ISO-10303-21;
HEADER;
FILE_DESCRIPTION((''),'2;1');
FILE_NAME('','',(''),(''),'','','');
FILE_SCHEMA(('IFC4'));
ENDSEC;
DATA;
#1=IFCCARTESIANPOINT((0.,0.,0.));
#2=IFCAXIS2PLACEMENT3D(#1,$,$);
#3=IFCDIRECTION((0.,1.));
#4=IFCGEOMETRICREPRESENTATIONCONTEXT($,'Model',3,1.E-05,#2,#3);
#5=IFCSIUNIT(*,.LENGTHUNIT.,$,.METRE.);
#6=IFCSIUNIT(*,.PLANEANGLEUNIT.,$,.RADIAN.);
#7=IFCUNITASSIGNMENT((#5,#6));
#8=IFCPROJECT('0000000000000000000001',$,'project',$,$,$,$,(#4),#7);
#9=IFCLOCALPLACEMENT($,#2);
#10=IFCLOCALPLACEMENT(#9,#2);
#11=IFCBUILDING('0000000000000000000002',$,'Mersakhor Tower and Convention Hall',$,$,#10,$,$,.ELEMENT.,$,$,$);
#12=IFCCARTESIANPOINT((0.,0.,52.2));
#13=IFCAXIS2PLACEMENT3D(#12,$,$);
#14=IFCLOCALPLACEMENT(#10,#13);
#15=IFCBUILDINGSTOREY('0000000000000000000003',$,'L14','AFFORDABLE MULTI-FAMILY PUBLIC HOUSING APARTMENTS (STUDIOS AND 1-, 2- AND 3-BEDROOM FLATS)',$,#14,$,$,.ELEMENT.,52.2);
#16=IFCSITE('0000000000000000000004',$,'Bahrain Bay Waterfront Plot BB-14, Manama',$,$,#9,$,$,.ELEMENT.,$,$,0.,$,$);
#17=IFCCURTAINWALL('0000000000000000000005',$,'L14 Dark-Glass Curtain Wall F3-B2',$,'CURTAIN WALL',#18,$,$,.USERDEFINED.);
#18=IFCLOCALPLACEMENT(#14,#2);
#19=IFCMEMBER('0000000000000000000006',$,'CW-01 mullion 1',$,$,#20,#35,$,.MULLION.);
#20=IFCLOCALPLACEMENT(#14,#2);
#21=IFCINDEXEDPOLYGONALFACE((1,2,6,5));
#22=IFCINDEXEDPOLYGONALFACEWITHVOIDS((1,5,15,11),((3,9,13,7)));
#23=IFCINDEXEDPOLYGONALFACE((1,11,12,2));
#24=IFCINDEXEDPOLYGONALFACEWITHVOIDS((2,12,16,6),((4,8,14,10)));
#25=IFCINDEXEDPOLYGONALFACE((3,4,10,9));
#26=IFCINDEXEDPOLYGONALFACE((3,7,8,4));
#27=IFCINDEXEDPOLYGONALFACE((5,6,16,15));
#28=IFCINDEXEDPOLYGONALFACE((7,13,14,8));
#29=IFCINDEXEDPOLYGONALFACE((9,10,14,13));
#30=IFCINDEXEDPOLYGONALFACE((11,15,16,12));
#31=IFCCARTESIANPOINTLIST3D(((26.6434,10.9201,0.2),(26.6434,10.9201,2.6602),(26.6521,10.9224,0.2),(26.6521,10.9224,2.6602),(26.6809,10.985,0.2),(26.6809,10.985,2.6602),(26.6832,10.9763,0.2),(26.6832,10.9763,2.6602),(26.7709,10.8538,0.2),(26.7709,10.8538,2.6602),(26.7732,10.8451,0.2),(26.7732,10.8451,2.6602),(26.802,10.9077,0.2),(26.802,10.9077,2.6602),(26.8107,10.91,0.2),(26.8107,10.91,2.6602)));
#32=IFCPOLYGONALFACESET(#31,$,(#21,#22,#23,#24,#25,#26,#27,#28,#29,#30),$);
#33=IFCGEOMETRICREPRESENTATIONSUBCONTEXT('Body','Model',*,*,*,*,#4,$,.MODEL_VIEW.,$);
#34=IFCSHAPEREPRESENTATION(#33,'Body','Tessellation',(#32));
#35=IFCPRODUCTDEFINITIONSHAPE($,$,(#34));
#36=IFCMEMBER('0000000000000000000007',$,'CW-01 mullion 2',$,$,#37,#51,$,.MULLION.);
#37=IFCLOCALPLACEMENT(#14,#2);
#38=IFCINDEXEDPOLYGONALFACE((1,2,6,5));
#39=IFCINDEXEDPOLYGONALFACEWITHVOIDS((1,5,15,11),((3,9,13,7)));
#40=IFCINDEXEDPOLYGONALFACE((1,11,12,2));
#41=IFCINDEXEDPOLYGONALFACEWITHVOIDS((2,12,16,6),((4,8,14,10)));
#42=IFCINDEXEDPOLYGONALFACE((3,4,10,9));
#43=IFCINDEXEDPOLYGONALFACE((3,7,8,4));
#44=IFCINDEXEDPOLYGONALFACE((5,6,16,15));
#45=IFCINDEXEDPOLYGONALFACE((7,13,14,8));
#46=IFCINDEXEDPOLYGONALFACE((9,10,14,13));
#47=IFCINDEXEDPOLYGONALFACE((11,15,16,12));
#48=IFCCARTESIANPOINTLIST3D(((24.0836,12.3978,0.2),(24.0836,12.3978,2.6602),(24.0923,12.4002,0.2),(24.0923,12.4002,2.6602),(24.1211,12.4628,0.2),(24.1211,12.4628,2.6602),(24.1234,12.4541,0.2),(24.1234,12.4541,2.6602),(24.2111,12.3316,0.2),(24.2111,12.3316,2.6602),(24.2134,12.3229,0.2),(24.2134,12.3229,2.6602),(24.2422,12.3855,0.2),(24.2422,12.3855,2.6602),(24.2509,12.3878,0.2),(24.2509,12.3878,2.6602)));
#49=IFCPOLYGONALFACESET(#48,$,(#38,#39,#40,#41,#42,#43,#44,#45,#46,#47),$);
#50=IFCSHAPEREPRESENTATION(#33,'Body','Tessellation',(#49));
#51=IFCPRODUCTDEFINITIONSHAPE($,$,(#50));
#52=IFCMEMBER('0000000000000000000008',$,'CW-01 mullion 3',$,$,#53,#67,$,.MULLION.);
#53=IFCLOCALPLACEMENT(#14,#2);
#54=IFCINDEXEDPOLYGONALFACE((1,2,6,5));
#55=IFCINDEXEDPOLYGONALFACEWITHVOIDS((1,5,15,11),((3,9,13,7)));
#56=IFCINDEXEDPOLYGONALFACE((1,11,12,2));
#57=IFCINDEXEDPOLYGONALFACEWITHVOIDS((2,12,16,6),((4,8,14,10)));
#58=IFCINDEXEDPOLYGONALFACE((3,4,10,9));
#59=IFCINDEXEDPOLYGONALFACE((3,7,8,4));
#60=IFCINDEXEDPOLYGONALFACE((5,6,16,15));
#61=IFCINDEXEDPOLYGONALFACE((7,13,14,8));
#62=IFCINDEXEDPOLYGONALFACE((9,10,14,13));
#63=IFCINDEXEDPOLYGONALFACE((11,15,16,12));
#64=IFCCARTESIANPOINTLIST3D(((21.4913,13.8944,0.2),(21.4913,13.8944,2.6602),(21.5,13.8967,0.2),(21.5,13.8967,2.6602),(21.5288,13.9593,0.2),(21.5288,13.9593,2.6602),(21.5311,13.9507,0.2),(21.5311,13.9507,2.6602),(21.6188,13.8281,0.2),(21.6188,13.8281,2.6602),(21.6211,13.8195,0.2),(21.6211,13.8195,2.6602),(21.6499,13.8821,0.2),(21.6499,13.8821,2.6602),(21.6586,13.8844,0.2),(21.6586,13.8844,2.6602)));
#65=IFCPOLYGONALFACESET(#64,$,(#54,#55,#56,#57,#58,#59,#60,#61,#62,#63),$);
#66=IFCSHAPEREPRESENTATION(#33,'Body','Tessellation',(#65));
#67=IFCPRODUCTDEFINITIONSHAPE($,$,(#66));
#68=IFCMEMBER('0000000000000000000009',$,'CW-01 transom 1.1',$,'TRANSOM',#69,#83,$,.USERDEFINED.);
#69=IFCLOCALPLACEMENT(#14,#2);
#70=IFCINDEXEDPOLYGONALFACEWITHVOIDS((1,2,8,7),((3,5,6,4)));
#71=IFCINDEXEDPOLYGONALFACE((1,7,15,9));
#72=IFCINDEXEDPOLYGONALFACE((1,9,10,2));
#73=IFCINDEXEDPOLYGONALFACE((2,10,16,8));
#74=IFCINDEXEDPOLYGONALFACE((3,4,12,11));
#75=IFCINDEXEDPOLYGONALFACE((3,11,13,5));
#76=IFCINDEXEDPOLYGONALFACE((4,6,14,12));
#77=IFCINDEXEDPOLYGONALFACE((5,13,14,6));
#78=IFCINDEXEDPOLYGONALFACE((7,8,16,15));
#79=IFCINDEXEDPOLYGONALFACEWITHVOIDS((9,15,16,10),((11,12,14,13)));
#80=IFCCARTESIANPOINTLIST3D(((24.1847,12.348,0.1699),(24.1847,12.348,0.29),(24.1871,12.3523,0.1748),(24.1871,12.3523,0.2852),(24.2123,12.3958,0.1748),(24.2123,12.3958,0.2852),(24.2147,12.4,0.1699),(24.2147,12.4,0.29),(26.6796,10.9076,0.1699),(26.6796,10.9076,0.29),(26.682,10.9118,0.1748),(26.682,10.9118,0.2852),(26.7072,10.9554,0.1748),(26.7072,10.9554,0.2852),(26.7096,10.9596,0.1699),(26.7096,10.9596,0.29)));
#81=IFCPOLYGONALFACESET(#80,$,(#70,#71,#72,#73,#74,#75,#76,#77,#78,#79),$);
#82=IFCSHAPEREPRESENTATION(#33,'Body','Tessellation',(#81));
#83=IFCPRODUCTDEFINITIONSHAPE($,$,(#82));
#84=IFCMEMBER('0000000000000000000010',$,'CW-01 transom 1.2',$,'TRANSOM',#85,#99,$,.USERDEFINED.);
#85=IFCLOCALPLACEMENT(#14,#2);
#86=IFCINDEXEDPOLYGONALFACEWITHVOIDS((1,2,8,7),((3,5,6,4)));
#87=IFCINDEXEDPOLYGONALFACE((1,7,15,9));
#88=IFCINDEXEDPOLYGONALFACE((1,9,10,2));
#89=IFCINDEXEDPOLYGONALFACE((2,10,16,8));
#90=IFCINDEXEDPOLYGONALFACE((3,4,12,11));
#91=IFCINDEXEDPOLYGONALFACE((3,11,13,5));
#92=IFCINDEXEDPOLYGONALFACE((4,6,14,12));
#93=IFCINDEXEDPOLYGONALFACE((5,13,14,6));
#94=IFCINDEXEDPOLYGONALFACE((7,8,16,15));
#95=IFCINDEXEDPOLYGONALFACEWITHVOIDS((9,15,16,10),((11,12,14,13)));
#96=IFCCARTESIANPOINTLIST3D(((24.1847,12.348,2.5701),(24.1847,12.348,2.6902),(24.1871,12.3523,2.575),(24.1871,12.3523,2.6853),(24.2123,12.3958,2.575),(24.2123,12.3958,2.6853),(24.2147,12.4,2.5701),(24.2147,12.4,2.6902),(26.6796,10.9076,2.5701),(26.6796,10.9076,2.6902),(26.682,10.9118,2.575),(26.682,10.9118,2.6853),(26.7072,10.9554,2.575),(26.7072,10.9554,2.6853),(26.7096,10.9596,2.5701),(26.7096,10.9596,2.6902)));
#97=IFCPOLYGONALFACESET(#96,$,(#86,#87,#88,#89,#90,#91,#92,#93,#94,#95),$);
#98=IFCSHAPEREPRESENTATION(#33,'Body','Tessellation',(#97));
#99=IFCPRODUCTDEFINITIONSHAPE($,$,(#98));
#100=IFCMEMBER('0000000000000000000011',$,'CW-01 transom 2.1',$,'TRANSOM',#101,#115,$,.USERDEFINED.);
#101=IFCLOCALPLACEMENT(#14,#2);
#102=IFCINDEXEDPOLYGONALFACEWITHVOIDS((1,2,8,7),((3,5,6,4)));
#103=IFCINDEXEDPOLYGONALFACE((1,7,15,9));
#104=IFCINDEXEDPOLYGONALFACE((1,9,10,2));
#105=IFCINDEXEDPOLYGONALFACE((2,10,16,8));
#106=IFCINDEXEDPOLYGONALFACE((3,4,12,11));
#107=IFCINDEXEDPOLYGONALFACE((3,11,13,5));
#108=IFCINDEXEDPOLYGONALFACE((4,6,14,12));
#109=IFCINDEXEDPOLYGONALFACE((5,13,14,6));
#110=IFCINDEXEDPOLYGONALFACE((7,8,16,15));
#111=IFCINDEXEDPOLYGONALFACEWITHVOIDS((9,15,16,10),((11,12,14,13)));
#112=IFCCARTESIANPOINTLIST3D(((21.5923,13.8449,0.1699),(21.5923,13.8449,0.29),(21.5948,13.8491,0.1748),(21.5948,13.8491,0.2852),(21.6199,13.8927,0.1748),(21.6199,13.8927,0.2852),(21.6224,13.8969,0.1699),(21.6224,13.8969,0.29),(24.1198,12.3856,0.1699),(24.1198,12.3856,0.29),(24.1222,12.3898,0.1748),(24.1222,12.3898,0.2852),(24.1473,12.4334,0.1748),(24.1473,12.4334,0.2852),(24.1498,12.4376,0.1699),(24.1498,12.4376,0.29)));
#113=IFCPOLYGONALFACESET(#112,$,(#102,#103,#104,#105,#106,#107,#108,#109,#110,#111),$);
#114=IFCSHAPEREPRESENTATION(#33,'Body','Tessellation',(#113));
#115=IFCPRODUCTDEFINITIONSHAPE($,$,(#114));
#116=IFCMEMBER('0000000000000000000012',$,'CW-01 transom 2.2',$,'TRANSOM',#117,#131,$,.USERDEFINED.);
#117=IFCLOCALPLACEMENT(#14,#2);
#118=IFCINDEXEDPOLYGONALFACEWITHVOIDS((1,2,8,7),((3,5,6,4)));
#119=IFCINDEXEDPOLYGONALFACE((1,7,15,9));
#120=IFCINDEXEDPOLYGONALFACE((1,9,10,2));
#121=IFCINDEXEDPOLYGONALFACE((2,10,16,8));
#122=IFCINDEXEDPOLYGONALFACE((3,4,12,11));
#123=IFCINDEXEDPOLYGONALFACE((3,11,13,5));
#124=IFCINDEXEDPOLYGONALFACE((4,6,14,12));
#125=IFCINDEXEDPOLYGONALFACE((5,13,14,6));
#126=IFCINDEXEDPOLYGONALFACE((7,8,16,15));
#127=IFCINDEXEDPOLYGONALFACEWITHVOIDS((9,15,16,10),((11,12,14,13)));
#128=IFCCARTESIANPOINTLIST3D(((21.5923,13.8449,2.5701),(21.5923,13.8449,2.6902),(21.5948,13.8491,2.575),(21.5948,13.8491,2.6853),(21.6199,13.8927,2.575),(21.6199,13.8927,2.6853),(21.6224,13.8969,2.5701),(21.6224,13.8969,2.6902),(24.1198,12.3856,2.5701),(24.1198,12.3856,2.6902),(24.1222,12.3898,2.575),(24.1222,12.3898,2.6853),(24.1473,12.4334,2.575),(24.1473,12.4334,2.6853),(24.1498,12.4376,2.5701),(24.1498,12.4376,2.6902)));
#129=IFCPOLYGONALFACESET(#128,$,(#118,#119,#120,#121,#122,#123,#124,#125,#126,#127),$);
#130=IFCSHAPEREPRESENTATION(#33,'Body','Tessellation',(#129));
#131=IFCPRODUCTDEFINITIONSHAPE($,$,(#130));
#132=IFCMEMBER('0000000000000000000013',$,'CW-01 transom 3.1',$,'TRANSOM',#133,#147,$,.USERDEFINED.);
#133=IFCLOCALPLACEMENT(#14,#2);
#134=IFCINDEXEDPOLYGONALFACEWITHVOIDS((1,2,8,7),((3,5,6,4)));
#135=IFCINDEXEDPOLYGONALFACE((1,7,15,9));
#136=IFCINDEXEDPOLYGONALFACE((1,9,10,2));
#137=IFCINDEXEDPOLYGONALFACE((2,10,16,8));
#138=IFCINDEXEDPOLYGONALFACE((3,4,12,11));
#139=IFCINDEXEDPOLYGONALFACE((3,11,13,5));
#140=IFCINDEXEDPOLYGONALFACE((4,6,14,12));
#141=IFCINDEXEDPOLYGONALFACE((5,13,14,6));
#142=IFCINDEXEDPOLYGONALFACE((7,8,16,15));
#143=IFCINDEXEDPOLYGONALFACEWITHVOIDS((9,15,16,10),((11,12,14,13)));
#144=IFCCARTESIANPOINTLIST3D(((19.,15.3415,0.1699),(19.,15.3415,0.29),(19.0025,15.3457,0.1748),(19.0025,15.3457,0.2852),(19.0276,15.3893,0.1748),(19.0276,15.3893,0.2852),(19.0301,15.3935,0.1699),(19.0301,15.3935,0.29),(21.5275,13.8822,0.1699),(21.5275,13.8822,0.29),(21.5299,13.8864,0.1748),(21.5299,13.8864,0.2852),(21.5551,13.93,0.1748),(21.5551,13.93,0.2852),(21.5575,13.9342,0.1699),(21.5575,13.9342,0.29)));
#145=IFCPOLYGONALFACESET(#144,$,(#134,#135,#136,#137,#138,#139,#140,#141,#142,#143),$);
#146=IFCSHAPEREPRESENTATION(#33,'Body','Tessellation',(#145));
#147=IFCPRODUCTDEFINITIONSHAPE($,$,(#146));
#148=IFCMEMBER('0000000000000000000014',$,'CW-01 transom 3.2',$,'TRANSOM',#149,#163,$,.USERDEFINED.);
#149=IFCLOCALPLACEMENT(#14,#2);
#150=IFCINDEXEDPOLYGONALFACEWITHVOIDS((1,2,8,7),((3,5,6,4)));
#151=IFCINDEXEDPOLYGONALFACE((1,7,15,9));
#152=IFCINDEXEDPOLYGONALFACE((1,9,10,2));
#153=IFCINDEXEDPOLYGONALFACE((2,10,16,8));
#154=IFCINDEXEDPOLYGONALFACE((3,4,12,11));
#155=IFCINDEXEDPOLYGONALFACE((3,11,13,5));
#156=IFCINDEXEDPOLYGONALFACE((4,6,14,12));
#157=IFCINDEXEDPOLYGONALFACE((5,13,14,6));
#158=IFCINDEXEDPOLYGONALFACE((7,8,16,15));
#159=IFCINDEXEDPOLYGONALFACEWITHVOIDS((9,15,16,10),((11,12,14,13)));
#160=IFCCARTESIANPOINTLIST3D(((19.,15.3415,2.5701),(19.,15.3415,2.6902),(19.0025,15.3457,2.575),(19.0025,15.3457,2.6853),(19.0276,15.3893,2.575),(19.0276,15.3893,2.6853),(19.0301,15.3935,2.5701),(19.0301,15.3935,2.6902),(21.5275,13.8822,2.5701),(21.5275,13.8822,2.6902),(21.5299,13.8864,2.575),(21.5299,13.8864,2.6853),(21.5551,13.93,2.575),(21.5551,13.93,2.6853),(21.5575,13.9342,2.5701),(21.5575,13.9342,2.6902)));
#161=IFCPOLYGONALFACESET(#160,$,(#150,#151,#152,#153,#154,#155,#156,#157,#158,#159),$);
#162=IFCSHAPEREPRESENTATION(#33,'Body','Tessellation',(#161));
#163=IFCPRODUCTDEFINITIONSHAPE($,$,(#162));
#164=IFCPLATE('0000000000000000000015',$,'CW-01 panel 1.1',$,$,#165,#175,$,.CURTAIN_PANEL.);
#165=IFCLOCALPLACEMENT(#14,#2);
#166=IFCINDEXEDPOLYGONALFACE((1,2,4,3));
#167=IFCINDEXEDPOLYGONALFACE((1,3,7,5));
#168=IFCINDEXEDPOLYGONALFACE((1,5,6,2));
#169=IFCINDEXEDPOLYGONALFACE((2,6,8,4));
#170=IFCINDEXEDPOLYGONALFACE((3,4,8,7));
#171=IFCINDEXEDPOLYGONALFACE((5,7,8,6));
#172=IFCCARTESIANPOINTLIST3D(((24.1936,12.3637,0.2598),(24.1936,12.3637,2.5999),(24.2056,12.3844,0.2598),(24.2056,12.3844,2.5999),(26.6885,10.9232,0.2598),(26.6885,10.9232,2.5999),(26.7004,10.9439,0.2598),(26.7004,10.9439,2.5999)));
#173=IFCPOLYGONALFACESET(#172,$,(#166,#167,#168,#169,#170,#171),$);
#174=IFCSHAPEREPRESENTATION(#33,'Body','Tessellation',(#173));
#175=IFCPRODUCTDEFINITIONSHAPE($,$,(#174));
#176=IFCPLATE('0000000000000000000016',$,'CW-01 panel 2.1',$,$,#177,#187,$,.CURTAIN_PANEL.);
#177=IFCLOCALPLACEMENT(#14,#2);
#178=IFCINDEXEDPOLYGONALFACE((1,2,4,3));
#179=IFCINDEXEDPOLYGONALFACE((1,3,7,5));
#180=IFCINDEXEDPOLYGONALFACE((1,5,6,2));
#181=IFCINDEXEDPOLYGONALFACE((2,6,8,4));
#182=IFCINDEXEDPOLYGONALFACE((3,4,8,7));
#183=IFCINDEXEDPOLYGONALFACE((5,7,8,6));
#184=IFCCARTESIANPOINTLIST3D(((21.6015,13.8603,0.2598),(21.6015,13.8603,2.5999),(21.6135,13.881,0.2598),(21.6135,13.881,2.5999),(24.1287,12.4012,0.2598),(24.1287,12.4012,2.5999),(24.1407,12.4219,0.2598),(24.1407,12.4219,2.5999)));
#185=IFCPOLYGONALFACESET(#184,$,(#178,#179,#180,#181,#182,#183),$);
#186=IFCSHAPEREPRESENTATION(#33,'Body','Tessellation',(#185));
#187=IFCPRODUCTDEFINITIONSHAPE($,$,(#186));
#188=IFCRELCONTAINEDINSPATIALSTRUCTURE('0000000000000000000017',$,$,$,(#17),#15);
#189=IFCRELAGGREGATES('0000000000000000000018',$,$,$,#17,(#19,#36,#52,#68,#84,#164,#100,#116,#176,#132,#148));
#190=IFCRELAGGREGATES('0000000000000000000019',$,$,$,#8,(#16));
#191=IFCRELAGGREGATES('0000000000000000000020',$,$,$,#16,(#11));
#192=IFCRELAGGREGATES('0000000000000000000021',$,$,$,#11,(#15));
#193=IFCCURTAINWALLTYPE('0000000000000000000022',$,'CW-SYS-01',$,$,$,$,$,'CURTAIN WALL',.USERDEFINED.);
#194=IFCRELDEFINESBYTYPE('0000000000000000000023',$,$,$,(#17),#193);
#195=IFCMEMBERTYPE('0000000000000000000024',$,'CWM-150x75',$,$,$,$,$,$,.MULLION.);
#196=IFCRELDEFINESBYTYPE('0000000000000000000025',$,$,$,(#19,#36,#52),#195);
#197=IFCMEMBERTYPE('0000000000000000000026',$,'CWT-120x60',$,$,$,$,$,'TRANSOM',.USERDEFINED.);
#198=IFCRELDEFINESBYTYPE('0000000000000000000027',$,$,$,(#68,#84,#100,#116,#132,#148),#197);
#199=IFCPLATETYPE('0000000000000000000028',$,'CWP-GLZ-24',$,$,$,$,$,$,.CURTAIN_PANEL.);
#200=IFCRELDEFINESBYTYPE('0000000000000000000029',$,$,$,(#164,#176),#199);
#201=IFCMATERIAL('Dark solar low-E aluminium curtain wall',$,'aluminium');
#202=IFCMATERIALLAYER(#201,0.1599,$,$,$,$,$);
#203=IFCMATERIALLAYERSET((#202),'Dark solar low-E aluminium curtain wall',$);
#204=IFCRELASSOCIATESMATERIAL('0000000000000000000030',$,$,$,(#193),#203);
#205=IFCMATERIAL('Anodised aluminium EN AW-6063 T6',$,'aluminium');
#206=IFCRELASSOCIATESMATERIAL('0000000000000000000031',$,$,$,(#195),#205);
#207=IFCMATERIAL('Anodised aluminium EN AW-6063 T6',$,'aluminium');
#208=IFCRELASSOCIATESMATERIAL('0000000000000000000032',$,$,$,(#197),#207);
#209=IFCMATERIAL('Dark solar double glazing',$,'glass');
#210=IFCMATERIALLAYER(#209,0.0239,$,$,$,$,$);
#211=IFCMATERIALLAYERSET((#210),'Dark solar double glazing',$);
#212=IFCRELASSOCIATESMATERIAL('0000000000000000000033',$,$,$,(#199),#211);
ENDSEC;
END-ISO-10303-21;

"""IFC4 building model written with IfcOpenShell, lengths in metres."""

from ifc_helpers import new_model, si_unit, direction, frame, origin, origin_2d, place, context, subcontext, project, spatial, rectangle, hollow_rectangle, extrude, material, layer, layer_set, material_profile, profile_set, type_object, element, aggregate, save


model = new_model("IFC4")

# Units and contexts
model_context = context("Model", 3, precision=1e-05, world=origin(), true_north=direction((0.0, 1.0)))
body_context = subcontext(model_context, "Body", "Model", "MODEL_VIEW")
ifc_project = project(units=[si_unit("LENGTHUNIT", "METRE"), si_unit("PLANEANGLEUNIT", "RADIAN")], contexts=[model_context])

# Site, building, storey
site_placement = place(None, origin())
site = spatial("IfcSite", under=ifc_project, at=site_placement, Name="Bahrain Bay Waterfront Plot BB-14, Manama", CompositionType="ELEMENT", RefElevation=0.0)
building_placement = place(site_placement, origin())
building = spatial("IfcBuilding", under=site, at=building_placement, Name="Mersakhor Tower and Convention Hall", CompositionType="ELEMENT")
storey_placement = place(building_placement, frame((0.0, 0.0, 52.2)))
storey = spatial("IfcBuildingStorey", under=building, at=storey_placement, Name="L14", Description="AFFORDABLE MULTI-FAMILY PUBLIC HOUSING APARTMENTS (STUDIOS AND 1-, 2- AND 3-BEDROOM FLATS)", CompositionType="ELEMENT", Elevation=52.2)

# Curtain wall, members, plates
ifc_material_1 = material(Name="Dark solar low-E aluminium curtain wall", Category="aluminium")
ifc_layer_1 = layer(ifc_material_1, 0.1599)
ifc_layer_set_1 = layer_set([ifc_layer_1], Name="Dark solar low-E aluminium curtain wall")
curtain_wall_type = type_object("IfcCurtainWallType", Name="CW-SYS-01", ElementType="CURTAIN WALL", PredefinedType="USERDEFINED", material=ifc_layer_set_1)
curtain_wall_placement = place(storey_placement, origin())
curtain_wall = element("IfcCurtainWall", 1, at=curtain_wall_placement, inside=storey, type_object=curtain_wall_type, Name="L14 Dark-Glass Curtain Wall F3-B2", ObjectType="CURTAIN WALL", PredefinedType="USERDEFINED")
ifc_material_2 = material(Name="Anodised aluminium EN AW-6063 T6", Category="aluminium")
ifc_material_profile_1 = material_profile(ifc_material_2, hollow_rectangle(XDim=0.075, YDim=0.1499, WallThickness=0.0063, at=origin_2d()), Name="RHS 150x75x6.3")
ifc_profile_set_1 = profile_set([ifc_material_profile_1], Name="Anodised aluminium EN AW-6063 T6")
member_type_1 = type_object("IfcMemberType", Name="CWM-150x75", PredefinedType="MULLION", material=ifc_profile_set_1)
member_1_placement = place(storey_placement, frame((26.7271, 10.915, 0.2), z_axis=(0.0, 0.0, 1.0), x_axis=(-0.500003, -0.866023, 0.0)))
member_1 = element("IfcMember", 2, at=member_1_placement, type_object=member_type_1, Name="CW-01 mullion 1", PredefinedType="MULLION", context=body_context, shape_type="SweptSolid", body=[
    extrude(hollow_rectangle(XDim=0.075, YDim=0.1499, WallThickness=0.0063, at=origin_2d()), origin(), (0.0, 0.0, 1.0), 2.4602),
])
member_2_placement = place(storey_placement, frame((24.1672, 12.3928, 0.2), z_axis=(0.0, 0.0, 1.0), x_axis=(-0.500003, -0.866023, 0.0)))
member_2 = element("IfcMember", 3, at=member_2_placement, type_object=member_type_1, Name="CW-01 mullion 2", PredefinedType="MULLION", context=body_context, shape_type="SweptSolid", body=[
    extrude(hollow_rectangle(XDim=0.075, YDim=0.1499, WallThickness=0.0063, at=origin_2d()), origin(), (0.0, 0.0, 1.0), 2.4602),
])
member_3_placement = place(storey_placement, frame((21.575, 13.8894, 0.2), z_axis=(0.0, 0.0, 1.0), x_axis=(-0.500003, -0.866023, 0.0)))
member_3 = element("IfcMember", 4, at=member_3_placement, type_object=member_type_1, Name="CW-01 mullion 3", PredefinedType="MULLION", context=body_context, shape_type="SweptSolid", body=[
    extrude(hollow_rectangle(XDim=0.075, YDim=0.1499, WallThickness=0.0063, at=origin_2d()), origin(), (0.0, 0.0, 1.0), 2.4602),
])
ifc_material_3 = material(Name="Anodised aluminium EN AW-6063 T6", Category="aluminium")
ifc_material_profile_2 = material_profile(ifc_material_3, hollow_rectangle(XDim=0.0601, YDim=0.1201, WallThickness=0.0049, at=origin_2d()), Name="RHS 120x60x5")
ifc_profile_set_2 = profile_set([ifc_material_profile_2], Name="Anodised aluminium EN AW-6063 T6")
member_type_2 = type_object("IfcMemberType", Name="CWT-120x60", ElementType="TRANSOM", PredefinedType="USERDEFINED", material=ifc_profile_set_2)
member_4_placement = place(storey_placement, frame((26.6946, 10.9336, 0.23), z_axis=(-0.866023, 0.500004, 0.0), x_axis=(-0.500004, -0.866023, 0.0)))
member_4 = element("IfcMember", 5, at=member_4_placement, type_object=member_type_2, Name="CW-01 transom 1.1", ObjectType="TRANSOM", PredefinedType="USERDEFINED", context=body_context, shape_type="SweptSolid", body=[
    extrude(hollow_rectangle(XDim=0.0601, YDim=0.1201, WallThickness=0.0049, at=origin_2d()), origin(), (0.0, 0.0, 1.0), 2.8809),
])
member_5_placement = place(storey_placement, frame((26.6946, 10.9336, 2.6301), z_axis=(-0.866023, 0.500004, 0.0), x_axis=(-0.500004, -0.866023, 0.0)))
member_5 = element("IfcMember", 6, at=member_5_placement, type_object=member_type_2, Name="CW-01 transom 1.2", ObjectType="TRANSOM", PredefinedType="USERDEFINED", context=body_context, shape_type="SweptSolid", body=[
    extrude(hollow_rectangle(XDim=0.0601, YDim=0.1201, WallThickness=0.0049, at=origin_2d()), origin(), (0.0, 0.0, 1.0), 2.8809),
])
member_6_placement = place(storey_placement, frame((24.1348, 12.4116, 0.23), z_axis=(-0.866016, 0.500017, 0.0), x_axis=(-0.500017, -0.866016, 0.0)))
member_6 = element("IfcMember", 7, at=member_6_placement, type_object=member_type_2, Name="CW-01 transom 2.1", ObjectType="TRANSOM", PredefinedType="USERDEFINED", context=body_context, shape_type="SweptSolid", body=[
    extrude(hollow_rectangle(XDim=0.0601, YDim=0.1201, WallThickness=0.0049, at=origin_2d()), origin(), (0.0, 0.0, 1.0), 2.9185),
])
member_7_placement = place(storey_placement, frame((24.1348, 12.4116, 2.6301), z_axis=(-0.866016, 0.500017, 0.0), x_axis=(-0.500017, -0.866016, 0.0)))
member_7 = element("IfcMember", 8, at=member_7_placement, type_object=member_type_2, Name="CW-01 transom 2.2", ObjectType="TRANSOM", PredefinedType="USERDEFINED", context=body_context, shape_type="SweptSolid", body=[
    extrude(hollow_rectangle(XDim=0.0601, YDim=0.1201, WallThickness=0.0049, at=origin_2d()), origin(), (0.0, 0.0, 1.0), 2.9185),
])
member_8_placement = place(storey_placement, frame((21.5425, 13.9082, 0.23), z_axis=(-0.866016, 0.500017, 0.0), x_axis=(-0.500017, -0.866016, 0.0)))
member_8 = element("IfcMember", 9, at=member_8_placement, type_object=member_type_2, Name="CW-01 transom 3.1", ObjectType="TRANSOM", PredefinedType="USERDEFINED", context=body_context, shape_type="SweptSolid", body=[
    extrude(hollow_rectangle(XDim=0.0601, YDim=0.1201, WallThickness=0.0049, at=origin_2d()), origin(), (0.0, 0.0, 1.0), 2.9185),
])
member_9_placement = place(storey_placement, frame((21.5425, 13.9082, 2.6301), z_axis=(-0.866016, 0.500017, 0.0), x_axis=(-0.500017, -0.866016, 0.0)))
member_9 = element("IfcMember", 10, at=member_9_placement, type_object=member_type_2, Name="CW-01 transom 3.2", ObjectType="TRANSOM", PredefinedType="USERDEFINED", context=body_context, shape_type="SweptSolid", body=[
    extrude(hollow_rectangle(XDim=0.0601, YDim=0.1201, WallThickness=0.0049, at=origin_2d()), origin(), (0.0, 0.0, 1.0), 2.9185),
])
ifc_material_4 = material(Name="Dark solar double glazing", Category="glass")
ifc_layer_2 = layer(ifc_material_4, 0.0239)
ifc_layer_set_2 = layer_set([ifc_layer_2], Name="Dark solar double glazing")
plate_type_1 = type_object("IfcPlateType", Name="CWP-GLZ-24", PredefinedType="CURTAIN_PANEL", material=ifc_layer_set_2)
plate_1_placement = place(storey_placement, frame((25.447, 11.6538, 0.2598), z_axis=(0.0, 0.0, 1.0), x_axis=(-0.866023, 0.500003, 0.0)))
plate_1 = element("IfcPlate", 11, at=plate_1_placement, type_object=plate_type_1, Name="CW-01 panel 1.1", PredefinedType="CURTAIN_PANEL", context=body_context, shape_type="SweptSolid", body=[
    extrude(rectangle(XDim=2.8809, YDim=0.0239, at=origin_2d()), origin(), (0.0, 0.0, 1.0), 2.3401),
])
plate_2_placement = place(storey_placement, frame((22.8711, 13.1411, 0.2598), z_axis=(0.0, 0.0, 1.0), x_axis=(-0.866023, 0.500003, 0.0)))
plate_2 = element("IfcPlate", 12, at=plate_2_placement, type_object=plate_type_1, Name="CW-01 panel 2.1", PredefinedType="CURTAIN_PANEL", context=body_context, shape_type="SweptSolid", body=[
    extrude(rectangle(XDim=2.9182, YDim=0.0239, at=origin_2d()), origin(), (0.0, 0.0, 1.0), 2.3401),
])
aggregate(curtain_wall, [member_1, member_2, member_3, member_4, member_5, plate_1, member_6, member_7, plate_2, member_8, member_9])

save(model, "model.ifc")
